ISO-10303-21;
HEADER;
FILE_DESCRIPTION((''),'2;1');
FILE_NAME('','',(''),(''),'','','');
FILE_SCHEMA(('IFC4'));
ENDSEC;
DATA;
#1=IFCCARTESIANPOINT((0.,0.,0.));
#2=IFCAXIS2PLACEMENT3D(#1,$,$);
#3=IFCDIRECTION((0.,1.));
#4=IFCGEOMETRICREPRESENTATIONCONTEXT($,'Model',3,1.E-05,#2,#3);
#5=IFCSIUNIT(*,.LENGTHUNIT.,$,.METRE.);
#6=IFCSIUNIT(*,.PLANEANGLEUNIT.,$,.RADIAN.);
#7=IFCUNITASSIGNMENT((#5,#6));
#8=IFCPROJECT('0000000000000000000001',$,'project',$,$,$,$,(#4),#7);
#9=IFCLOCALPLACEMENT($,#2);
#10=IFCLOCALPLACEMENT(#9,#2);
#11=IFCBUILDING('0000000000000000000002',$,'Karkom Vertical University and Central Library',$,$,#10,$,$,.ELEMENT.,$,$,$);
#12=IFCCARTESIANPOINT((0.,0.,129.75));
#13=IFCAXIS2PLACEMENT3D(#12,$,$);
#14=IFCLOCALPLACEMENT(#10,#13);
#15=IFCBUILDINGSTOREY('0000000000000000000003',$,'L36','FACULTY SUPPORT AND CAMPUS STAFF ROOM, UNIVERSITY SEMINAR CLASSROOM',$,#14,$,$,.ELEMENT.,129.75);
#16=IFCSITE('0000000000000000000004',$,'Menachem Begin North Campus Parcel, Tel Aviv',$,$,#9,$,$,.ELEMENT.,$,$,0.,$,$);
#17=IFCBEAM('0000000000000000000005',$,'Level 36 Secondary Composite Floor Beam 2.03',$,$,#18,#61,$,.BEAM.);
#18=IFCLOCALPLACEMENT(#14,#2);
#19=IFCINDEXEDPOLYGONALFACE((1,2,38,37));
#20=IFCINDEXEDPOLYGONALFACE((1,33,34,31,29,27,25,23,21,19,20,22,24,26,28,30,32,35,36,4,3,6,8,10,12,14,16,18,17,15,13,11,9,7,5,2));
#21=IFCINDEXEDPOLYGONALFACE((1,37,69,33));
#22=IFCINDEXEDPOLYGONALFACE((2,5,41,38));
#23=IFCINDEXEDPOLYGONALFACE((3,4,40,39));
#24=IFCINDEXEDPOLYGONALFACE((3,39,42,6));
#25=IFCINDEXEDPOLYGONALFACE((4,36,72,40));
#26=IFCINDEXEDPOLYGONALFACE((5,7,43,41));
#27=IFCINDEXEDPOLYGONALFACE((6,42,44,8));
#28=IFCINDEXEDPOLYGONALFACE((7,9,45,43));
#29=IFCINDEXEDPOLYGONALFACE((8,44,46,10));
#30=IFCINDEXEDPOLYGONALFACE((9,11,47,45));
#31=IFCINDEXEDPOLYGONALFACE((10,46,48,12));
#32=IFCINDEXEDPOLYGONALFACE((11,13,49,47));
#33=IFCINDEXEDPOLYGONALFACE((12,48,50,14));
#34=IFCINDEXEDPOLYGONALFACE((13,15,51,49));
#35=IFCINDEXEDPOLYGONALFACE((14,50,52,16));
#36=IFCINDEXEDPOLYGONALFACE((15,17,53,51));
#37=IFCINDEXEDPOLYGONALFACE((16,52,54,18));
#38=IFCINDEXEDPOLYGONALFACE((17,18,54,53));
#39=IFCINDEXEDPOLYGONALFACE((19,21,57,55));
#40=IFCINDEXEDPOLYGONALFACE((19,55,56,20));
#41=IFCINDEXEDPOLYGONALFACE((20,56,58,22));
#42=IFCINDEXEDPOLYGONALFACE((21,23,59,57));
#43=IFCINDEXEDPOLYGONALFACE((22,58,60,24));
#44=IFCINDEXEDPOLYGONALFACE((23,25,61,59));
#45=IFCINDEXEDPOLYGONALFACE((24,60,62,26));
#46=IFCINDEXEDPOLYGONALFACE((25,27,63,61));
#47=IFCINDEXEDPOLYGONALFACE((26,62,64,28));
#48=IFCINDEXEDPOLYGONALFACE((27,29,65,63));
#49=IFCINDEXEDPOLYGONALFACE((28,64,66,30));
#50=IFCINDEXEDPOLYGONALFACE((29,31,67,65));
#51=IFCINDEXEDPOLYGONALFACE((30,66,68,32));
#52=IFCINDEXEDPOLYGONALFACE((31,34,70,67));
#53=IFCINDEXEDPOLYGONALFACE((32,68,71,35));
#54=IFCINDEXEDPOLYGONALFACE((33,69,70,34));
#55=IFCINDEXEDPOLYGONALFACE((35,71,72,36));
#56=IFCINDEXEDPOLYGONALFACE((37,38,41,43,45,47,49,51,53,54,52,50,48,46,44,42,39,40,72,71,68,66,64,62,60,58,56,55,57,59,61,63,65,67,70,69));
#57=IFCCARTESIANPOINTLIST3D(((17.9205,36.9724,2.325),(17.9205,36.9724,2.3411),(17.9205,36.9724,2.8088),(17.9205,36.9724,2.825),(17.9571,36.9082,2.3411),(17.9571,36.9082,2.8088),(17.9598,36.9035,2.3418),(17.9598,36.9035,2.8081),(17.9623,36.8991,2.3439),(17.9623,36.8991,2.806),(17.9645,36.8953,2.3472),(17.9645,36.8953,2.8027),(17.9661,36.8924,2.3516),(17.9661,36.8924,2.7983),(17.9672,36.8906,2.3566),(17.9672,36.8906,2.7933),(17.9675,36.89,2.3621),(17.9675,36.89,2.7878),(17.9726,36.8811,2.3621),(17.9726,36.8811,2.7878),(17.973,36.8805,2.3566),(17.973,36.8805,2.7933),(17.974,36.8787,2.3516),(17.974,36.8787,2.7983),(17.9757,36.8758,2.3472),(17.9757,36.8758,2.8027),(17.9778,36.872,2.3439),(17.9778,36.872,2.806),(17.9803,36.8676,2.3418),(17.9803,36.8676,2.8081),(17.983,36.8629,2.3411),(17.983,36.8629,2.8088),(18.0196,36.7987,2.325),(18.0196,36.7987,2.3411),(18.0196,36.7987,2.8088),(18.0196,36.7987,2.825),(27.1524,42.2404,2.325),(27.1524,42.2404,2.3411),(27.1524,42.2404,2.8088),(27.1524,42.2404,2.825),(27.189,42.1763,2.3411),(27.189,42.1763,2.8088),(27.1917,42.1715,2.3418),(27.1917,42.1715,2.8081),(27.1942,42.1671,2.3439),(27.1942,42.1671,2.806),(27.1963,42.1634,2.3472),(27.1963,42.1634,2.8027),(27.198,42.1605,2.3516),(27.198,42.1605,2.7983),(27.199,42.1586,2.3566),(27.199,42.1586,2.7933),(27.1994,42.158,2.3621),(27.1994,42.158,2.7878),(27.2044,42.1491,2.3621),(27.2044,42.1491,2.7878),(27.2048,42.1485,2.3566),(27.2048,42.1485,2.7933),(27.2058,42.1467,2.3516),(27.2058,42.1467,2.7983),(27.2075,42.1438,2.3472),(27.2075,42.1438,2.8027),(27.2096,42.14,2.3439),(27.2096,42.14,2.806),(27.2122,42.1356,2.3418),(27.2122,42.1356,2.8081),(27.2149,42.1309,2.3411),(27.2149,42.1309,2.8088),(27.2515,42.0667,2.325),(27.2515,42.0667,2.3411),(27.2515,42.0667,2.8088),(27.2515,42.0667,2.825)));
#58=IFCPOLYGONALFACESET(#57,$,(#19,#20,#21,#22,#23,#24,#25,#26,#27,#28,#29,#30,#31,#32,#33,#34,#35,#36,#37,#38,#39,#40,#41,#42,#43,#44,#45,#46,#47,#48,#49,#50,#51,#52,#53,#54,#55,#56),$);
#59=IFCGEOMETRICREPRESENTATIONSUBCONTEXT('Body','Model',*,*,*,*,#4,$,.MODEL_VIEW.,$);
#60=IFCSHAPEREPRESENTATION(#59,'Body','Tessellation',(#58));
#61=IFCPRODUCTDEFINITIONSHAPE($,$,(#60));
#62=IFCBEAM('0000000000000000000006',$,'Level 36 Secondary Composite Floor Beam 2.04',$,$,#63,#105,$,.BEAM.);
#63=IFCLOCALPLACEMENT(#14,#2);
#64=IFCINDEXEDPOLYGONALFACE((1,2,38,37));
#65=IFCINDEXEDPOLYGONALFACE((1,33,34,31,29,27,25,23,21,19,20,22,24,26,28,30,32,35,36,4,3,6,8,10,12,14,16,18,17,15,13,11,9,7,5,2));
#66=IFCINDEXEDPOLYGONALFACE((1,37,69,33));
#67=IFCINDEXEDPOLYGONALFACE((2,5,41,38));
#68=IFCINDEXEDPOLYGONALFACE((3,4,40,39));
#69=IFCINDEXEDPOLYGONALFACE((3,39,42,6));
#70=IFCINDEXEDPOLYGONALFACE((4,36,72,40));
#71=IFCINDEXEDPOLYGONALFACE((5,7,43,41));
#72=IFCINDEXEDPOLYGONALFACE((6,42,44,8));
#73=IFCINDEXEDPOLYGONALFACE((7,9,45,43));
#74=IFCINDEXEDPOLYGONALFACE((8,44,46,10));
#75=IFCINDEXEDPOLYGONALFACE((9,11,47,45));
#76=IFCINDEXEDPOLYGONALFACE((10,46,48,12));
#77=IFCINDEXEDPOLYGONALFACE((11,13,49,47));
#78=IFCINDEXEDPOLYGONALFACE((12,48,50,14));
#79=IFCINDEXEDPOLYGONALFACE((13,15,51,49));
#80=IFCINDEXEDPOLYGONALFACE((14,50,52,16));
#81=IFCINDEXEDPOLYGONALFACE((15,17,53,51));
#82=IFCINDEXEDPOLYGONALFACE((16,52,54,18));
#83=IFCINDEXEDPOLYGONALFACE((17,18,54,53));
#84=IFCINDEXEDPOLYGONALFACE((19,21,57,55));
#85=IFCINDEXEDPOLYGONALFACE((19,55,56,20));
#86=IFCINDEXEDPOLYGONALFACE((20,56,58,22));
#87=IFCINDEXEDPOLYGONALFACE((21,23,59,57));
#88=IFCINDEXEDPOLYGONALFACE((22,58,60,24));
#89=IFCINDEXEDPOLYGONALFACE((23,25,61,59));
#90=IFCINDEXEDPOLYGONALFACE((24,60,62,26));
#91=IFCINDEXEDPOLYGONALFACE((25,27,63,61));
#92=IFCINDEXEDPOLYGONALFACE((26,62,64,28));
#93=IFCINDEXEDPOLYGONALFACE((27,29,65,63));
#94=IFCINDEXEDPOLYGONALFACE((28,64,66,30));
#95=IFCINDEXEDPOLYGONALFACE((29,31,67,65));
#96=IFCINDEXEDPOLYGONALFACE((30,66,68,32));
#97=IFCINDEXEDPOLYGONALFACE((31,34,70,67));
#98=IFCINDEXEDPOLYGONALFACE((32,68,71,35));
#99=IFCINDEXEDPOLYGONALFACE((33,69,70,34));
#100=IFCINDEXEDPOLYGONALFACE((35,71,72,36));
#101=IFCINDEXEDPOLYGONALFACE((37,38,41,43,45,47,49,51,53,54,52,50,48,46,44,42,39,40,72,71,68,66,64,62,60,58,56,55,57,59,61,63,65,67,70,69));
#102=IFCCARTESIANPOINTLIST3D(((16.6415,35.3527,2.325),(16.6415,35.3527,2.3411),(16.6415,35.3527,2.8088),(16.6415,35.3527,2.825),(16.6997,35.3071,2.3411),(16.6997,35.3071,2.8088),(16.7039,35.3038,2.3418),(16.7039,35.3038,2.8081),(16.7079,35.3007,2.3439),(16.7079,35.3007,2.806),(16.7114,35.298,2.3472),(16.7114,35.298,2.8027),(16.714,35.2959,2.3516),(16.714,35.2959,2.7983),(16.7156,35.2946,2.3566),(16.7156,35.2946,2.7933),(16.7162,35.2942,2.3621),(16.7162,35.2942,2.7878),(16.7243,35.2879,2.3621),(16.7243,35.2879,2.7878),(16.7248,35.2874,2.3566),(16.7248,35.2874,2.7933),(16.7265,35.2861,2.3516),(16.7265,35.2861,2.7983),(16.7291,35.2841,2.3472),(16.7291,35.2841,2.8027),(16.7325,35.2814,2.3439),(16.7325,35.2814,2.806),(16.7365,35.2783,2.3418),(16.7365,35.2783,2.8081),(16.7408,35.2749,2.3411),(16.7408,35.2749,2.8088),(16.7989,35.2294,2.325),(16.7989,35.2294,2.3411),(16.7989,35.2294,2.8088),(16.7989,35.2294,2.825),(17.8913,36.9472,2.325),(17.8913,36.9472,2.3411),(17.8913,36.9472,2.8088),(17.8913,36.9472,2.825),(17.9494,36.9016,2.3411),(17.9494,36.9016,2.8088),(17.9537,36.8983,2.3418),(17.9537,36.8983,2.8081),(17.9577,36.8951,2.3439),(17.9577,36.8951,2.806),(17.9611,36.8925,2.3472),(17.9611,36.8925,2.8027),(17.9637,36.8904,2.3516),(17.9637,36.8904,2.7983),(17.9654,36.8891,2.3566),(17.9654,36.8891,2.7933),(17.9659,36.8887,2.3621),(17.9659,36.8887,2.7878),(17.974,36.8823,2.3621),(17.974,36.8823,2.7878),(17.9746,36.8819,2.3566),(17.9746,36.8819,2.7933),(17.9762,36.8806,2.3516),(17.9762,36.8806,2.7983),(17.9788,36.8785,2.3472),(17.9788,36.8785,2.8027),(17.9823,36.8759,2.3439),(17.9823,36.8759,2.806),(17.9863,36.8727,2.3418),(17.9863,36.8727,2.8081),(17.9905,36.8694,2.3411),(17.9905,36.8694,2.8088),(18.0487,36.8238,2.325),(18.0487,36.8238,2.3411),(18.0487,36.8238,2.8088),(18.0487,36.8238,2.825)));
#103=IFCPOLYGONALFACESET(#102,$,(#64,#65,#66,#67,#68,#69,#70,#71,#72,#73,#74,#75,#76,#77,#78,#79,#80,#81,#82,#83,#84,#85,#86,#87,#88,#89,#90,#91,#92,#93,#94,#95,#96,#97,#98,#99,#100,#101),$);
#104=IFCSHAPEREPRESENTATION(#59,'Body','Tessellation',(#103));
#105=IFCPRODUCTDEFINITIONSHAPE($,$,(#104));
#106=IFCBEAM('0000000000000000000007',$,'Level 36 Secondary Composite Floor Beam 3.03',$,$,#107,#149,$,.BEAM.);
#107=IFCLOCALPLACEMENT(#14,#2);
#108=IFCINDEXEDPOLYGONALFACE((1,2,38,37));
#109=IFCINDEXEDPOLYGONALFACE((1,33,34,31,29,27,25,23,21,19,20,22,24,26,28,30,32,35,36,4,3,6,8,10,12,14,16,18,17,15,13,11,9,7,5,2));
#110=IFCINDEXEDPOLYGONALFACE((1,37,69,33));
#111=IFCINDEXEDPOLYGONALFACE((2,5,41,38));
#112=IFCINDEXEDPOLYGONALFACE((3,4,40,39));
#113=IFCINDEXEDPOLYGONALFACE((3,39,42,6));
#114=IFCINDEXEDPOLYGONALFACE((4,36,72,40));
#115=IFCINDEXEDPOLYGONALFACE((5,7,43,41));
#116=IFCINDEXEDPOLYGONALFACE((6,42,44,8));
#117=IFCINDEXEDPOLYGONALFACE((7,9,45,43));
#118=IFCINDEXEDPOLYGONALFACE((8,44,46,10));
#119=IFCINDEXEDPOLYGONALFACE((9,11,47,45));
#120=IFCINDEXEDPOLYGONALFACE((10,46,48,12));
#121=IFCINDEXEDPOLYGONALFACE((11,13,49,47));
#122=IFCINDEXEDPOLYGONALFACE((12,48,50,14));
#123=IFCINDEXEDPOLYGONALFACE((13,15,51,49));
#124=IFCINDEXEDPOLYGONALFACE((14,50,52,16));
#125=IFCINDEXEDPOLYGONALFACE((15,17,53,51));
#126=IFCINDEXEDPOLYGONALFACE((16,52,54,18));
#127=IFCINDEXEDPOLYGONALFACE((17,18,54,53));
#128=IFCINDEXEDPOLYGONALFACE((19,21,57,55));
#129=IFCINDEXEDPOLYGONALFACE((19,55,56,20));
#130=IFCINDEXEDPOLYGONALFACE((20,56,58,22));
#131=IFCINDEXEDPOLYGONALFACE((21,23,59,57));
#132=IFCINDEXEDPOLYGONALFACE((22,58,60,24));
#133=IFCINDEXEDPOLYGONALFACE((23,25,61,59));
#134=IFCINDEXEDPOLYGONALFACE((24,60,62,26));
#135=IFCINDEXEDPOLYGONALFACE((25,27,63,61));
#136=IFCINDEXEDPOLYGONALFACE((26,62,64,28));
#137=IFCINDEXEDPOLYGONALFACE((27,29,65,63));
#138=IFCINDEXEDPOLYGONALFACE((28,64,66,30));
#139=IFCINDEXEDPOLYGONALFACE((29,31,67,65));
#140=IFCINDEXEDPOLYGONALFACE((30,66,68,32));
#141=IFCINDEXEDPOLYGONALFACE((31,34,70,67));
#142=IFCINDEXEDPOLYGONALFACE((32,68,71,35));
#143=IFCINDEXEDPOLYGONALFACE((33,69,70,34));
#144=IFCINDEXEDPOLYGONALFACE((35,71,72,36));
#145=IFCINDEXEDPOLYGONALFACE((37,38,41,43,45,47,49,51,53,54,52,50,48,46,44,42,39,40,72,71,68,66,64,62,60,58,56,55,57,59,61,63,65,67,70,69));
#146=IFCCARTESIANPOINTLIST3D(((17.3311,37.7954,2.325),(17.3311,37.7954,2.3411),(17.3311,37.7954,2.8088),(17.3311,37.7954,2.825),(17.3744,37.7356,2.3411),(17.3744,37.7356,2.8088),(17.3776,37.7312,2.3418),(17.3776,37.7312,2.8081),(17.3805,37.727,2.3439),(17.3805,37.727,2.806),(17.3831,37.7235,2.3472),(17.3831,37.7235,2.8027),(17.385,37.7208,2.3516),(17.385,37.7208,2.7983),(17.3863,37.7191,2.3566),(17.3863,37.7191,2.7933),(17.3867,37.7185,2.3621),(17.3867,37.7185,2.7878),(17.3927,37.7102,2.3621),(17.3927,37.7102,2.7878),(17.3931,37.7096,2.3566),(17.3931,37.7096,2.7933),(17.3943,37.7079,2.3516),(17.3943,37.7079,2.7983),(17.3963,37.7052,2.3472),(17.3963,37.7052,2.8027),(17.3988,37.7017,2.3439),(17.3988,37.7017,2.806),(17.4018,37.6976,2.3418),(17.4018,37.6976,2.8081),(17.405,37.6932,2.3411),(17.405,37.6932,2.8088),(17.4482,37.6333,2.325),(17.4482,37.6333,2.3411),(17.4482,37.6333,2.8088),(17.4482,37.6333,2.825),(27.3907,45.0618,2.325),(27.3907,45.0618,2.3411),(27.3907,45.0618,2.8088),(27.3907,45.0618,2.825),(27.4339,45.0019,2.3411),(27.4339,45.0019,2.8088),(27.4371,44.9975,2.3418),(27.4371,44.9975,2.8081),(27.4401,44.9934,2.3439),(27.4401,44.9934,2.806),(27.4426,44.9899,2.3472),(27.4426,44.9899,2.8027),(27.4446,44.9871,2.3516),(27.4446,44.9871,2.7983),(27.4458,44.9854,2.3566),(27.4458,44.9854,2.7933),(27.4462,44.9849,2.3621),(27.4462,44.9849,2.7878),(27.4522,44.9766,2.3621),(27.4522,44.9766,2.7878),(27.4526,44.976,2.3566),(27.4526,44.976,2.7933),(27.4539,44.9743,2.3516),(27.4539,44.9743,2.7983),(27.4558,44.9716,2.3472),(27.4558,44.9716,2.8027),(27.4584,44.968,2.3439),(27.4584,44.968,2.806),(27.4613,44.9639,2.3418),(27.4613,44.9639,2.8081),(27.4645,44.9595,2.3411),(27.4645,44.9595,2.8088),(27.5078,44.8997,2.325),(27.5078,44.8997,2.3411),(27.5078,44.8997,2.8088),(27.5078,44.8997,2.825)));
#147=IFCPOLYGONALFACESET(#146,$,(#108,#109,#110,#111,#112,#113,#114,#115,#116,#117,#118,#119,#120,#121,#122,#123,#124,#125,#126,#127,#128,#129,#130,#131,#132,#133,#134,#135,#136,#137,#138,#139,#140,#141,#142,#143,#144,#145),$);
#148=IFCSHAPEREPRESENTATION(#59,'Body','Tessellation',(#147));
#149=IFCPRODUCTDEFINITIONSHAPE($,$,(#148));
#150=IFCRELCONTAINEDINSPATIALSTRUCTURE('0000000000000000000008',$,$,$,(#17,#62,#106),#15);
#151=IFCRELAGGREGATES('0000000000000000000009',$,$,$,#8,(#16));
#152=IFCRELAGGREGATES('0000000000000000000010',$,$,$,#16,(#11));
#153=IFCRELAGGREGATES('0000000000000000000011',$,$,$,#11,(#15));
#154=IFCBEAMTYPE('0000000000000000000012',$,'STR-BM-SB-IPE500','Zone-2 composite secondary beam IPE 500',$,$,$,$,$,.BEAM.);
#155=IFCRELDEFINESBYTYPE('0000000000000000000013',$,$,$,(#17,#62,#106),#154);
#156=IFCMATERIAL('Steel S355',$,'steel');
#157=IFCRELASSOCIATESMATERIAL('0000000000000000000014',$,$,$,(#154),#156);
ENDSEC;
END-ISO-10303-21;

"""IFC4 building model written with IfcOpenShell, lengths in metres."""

from ifc_helpers import new_model, si_unit, direction, frame, origin, origin_with_axes, origin_2d, place, context, subcontext, project, spatial, i_section, extrude, source, transform, mapped, material, material_profile, profile_set, type_object, element, save


model = new_model("IFC4")

# Units and contexts
model_context = context("Model", 3, precision=1e-05, world=origin(), true_north=direction((0.0, 1.0)))
body_context = subcontext(model_context, "Body", "Model", "MODEL_VIEW")
ifc_project = project(units=[si_unit("LENGTHUNIT", "METRE"), si_unit("PLANEANGLEUNIT", "RADIAN")], contexts=[model_context])

# Site, building, storey
site_placement = place(None, origin())
site = spatial("IfcSite", under=ifc_project, at=site_placement, Name="Menachem Begin North Campus Parcel, Tel Aviv", CompositionType="ELEMENT", RefElevation=0.0)
building_placement = place(site_placement, origin())
building = spatial("IfcBuilding", under=site, at=building_placement, Name="Karkom Vertical University and Central Library", CompositionType="ELEMENT")
storey_placement = place(building_placement, frame((0.0, 0.0, 129.75)))
storey = spatial("IfcBuildingStorey", under=building, at=storey_placement, Name="L36", Description="FACULTY SUPPORT AND CAMPUS STAFF ROOM, UNIVERSITY SEMINAR CLASSROOM", CompositionType="ELEMENT", Elevation=129.75)

# Beams
ifc_material_1 = material(Name="Steel S355", Category="steel")
ifc_material_profile_1 = material_profile(ifc_material_1, i_section(OverallWidth=0.2, OverallDepth=0.5, WebThickness=0.0103, FlangeThickness=0.0161, FilletRadius=0.021, at=origin_2d()), Name="IPE 500")
ifc_profile_set_1 = profile_set([ifc_material_profile_1], Name="Steel S355")
beam_type_1 = type_object("IfcBeamType", Name="STR-BM-SB-IPE500", Description="Zone-2 composite secondary beam IPE 500", PredefinedType="BEAM", material=ifc_profile_set_1)
shared_shape_1 = source(origin_with_axes(), body_context, "Body", "SweptSolid", [
    extrude(i_section(OverallWidth=0.2, OverallDepth=0.5, WebThickness=0.0103, FlangeThickness=0.0161, FilletRadius=0.021, at=origin_2d()), origin(), (0.0, 0.0, 1.0), 10.6292),
])
beam_1_placement = place(storey_placement, frame((27.2019, 42.1536, 2.575), z_axis=(-0.86854, -0.495619, 0.0), x_axis=(0.495619, -0.86854, 0.0)))
element("IfcBeam", 1, at=beam_1_placement, inside=storey, type_object=beam_type_1, Name="Level 36 Secondary Composite Floor Beam 2.03", PredefinedType="BEAM", context=body_context, shape_type="MappedRepresentation", body=[
    mapped(shared_shape_1, transform((0.0, 0.0, 0.0), scale=1.0)),
])
shared_shape_2 = source(origin_with_axes(), body_context, "Body", "SweptSolid", [
    extrude(i_section(OverallWidth=0.2, OverallDepth=0.5, WebThickness=0.0103, FlangeThickness=0.0161, FilletRadius=0.021, at=origin_2d()), origin(), (0.0, 0.0, 1.0), 2.0259),
])
beam_2_placement = place(storey_placement, frame((17.97, 36.8855, 2.575), z_axis=(-0.61689, -0.78705, 0.0), x_axis=(0.78705, -0.61689, 0.0)))
element("IfcBeam", 2, at=beam_2_placement, inside=storey, type_object=beam_type_1, Name="Level 36 Secondary Composite Floor Beam 2.04", PredefinedType="BEAM", context=body_context, shape_type="MappedRepresentation", body=[
    mapped(shared_shape_2, transform((0.0, 0.0, 0.0), scale=1.0)),
])
shared_shape_3 = source(origin_with_axes(), body_context, "Body", "SweptSolid", [
    extrude(i_section(OverallWidth=0.2, OverallDepth=0.5, WebThickness=0.0103, FlangeThickness=0.0161, FilletRadius=0.021, at=origin_2d()), origin(), (0.0, 0.0, 1.0), 12.4094),
])
beam_3_placement = place(storey_placement, frame((27.4492, 44.9807, 2.575), z_axis=(-0.810637, -0.585549, 0.0), x_axis=(0.585549, -0.810637, 0.0)))
element("IfcBeam", 3, at=beam_3_placement, inside=storey, type_object=beam_type_1, Name="Level 36 Secondary Composite Floor Beam 3.03", PredefinedType="BEAM", context=body_context, shape_type="MappedRepresentation", body=[
    mapped(shared_shape_3, transform((0.0, 0.0, 0.0), scale=1.0)),
])

save(model, "model.ifc")
